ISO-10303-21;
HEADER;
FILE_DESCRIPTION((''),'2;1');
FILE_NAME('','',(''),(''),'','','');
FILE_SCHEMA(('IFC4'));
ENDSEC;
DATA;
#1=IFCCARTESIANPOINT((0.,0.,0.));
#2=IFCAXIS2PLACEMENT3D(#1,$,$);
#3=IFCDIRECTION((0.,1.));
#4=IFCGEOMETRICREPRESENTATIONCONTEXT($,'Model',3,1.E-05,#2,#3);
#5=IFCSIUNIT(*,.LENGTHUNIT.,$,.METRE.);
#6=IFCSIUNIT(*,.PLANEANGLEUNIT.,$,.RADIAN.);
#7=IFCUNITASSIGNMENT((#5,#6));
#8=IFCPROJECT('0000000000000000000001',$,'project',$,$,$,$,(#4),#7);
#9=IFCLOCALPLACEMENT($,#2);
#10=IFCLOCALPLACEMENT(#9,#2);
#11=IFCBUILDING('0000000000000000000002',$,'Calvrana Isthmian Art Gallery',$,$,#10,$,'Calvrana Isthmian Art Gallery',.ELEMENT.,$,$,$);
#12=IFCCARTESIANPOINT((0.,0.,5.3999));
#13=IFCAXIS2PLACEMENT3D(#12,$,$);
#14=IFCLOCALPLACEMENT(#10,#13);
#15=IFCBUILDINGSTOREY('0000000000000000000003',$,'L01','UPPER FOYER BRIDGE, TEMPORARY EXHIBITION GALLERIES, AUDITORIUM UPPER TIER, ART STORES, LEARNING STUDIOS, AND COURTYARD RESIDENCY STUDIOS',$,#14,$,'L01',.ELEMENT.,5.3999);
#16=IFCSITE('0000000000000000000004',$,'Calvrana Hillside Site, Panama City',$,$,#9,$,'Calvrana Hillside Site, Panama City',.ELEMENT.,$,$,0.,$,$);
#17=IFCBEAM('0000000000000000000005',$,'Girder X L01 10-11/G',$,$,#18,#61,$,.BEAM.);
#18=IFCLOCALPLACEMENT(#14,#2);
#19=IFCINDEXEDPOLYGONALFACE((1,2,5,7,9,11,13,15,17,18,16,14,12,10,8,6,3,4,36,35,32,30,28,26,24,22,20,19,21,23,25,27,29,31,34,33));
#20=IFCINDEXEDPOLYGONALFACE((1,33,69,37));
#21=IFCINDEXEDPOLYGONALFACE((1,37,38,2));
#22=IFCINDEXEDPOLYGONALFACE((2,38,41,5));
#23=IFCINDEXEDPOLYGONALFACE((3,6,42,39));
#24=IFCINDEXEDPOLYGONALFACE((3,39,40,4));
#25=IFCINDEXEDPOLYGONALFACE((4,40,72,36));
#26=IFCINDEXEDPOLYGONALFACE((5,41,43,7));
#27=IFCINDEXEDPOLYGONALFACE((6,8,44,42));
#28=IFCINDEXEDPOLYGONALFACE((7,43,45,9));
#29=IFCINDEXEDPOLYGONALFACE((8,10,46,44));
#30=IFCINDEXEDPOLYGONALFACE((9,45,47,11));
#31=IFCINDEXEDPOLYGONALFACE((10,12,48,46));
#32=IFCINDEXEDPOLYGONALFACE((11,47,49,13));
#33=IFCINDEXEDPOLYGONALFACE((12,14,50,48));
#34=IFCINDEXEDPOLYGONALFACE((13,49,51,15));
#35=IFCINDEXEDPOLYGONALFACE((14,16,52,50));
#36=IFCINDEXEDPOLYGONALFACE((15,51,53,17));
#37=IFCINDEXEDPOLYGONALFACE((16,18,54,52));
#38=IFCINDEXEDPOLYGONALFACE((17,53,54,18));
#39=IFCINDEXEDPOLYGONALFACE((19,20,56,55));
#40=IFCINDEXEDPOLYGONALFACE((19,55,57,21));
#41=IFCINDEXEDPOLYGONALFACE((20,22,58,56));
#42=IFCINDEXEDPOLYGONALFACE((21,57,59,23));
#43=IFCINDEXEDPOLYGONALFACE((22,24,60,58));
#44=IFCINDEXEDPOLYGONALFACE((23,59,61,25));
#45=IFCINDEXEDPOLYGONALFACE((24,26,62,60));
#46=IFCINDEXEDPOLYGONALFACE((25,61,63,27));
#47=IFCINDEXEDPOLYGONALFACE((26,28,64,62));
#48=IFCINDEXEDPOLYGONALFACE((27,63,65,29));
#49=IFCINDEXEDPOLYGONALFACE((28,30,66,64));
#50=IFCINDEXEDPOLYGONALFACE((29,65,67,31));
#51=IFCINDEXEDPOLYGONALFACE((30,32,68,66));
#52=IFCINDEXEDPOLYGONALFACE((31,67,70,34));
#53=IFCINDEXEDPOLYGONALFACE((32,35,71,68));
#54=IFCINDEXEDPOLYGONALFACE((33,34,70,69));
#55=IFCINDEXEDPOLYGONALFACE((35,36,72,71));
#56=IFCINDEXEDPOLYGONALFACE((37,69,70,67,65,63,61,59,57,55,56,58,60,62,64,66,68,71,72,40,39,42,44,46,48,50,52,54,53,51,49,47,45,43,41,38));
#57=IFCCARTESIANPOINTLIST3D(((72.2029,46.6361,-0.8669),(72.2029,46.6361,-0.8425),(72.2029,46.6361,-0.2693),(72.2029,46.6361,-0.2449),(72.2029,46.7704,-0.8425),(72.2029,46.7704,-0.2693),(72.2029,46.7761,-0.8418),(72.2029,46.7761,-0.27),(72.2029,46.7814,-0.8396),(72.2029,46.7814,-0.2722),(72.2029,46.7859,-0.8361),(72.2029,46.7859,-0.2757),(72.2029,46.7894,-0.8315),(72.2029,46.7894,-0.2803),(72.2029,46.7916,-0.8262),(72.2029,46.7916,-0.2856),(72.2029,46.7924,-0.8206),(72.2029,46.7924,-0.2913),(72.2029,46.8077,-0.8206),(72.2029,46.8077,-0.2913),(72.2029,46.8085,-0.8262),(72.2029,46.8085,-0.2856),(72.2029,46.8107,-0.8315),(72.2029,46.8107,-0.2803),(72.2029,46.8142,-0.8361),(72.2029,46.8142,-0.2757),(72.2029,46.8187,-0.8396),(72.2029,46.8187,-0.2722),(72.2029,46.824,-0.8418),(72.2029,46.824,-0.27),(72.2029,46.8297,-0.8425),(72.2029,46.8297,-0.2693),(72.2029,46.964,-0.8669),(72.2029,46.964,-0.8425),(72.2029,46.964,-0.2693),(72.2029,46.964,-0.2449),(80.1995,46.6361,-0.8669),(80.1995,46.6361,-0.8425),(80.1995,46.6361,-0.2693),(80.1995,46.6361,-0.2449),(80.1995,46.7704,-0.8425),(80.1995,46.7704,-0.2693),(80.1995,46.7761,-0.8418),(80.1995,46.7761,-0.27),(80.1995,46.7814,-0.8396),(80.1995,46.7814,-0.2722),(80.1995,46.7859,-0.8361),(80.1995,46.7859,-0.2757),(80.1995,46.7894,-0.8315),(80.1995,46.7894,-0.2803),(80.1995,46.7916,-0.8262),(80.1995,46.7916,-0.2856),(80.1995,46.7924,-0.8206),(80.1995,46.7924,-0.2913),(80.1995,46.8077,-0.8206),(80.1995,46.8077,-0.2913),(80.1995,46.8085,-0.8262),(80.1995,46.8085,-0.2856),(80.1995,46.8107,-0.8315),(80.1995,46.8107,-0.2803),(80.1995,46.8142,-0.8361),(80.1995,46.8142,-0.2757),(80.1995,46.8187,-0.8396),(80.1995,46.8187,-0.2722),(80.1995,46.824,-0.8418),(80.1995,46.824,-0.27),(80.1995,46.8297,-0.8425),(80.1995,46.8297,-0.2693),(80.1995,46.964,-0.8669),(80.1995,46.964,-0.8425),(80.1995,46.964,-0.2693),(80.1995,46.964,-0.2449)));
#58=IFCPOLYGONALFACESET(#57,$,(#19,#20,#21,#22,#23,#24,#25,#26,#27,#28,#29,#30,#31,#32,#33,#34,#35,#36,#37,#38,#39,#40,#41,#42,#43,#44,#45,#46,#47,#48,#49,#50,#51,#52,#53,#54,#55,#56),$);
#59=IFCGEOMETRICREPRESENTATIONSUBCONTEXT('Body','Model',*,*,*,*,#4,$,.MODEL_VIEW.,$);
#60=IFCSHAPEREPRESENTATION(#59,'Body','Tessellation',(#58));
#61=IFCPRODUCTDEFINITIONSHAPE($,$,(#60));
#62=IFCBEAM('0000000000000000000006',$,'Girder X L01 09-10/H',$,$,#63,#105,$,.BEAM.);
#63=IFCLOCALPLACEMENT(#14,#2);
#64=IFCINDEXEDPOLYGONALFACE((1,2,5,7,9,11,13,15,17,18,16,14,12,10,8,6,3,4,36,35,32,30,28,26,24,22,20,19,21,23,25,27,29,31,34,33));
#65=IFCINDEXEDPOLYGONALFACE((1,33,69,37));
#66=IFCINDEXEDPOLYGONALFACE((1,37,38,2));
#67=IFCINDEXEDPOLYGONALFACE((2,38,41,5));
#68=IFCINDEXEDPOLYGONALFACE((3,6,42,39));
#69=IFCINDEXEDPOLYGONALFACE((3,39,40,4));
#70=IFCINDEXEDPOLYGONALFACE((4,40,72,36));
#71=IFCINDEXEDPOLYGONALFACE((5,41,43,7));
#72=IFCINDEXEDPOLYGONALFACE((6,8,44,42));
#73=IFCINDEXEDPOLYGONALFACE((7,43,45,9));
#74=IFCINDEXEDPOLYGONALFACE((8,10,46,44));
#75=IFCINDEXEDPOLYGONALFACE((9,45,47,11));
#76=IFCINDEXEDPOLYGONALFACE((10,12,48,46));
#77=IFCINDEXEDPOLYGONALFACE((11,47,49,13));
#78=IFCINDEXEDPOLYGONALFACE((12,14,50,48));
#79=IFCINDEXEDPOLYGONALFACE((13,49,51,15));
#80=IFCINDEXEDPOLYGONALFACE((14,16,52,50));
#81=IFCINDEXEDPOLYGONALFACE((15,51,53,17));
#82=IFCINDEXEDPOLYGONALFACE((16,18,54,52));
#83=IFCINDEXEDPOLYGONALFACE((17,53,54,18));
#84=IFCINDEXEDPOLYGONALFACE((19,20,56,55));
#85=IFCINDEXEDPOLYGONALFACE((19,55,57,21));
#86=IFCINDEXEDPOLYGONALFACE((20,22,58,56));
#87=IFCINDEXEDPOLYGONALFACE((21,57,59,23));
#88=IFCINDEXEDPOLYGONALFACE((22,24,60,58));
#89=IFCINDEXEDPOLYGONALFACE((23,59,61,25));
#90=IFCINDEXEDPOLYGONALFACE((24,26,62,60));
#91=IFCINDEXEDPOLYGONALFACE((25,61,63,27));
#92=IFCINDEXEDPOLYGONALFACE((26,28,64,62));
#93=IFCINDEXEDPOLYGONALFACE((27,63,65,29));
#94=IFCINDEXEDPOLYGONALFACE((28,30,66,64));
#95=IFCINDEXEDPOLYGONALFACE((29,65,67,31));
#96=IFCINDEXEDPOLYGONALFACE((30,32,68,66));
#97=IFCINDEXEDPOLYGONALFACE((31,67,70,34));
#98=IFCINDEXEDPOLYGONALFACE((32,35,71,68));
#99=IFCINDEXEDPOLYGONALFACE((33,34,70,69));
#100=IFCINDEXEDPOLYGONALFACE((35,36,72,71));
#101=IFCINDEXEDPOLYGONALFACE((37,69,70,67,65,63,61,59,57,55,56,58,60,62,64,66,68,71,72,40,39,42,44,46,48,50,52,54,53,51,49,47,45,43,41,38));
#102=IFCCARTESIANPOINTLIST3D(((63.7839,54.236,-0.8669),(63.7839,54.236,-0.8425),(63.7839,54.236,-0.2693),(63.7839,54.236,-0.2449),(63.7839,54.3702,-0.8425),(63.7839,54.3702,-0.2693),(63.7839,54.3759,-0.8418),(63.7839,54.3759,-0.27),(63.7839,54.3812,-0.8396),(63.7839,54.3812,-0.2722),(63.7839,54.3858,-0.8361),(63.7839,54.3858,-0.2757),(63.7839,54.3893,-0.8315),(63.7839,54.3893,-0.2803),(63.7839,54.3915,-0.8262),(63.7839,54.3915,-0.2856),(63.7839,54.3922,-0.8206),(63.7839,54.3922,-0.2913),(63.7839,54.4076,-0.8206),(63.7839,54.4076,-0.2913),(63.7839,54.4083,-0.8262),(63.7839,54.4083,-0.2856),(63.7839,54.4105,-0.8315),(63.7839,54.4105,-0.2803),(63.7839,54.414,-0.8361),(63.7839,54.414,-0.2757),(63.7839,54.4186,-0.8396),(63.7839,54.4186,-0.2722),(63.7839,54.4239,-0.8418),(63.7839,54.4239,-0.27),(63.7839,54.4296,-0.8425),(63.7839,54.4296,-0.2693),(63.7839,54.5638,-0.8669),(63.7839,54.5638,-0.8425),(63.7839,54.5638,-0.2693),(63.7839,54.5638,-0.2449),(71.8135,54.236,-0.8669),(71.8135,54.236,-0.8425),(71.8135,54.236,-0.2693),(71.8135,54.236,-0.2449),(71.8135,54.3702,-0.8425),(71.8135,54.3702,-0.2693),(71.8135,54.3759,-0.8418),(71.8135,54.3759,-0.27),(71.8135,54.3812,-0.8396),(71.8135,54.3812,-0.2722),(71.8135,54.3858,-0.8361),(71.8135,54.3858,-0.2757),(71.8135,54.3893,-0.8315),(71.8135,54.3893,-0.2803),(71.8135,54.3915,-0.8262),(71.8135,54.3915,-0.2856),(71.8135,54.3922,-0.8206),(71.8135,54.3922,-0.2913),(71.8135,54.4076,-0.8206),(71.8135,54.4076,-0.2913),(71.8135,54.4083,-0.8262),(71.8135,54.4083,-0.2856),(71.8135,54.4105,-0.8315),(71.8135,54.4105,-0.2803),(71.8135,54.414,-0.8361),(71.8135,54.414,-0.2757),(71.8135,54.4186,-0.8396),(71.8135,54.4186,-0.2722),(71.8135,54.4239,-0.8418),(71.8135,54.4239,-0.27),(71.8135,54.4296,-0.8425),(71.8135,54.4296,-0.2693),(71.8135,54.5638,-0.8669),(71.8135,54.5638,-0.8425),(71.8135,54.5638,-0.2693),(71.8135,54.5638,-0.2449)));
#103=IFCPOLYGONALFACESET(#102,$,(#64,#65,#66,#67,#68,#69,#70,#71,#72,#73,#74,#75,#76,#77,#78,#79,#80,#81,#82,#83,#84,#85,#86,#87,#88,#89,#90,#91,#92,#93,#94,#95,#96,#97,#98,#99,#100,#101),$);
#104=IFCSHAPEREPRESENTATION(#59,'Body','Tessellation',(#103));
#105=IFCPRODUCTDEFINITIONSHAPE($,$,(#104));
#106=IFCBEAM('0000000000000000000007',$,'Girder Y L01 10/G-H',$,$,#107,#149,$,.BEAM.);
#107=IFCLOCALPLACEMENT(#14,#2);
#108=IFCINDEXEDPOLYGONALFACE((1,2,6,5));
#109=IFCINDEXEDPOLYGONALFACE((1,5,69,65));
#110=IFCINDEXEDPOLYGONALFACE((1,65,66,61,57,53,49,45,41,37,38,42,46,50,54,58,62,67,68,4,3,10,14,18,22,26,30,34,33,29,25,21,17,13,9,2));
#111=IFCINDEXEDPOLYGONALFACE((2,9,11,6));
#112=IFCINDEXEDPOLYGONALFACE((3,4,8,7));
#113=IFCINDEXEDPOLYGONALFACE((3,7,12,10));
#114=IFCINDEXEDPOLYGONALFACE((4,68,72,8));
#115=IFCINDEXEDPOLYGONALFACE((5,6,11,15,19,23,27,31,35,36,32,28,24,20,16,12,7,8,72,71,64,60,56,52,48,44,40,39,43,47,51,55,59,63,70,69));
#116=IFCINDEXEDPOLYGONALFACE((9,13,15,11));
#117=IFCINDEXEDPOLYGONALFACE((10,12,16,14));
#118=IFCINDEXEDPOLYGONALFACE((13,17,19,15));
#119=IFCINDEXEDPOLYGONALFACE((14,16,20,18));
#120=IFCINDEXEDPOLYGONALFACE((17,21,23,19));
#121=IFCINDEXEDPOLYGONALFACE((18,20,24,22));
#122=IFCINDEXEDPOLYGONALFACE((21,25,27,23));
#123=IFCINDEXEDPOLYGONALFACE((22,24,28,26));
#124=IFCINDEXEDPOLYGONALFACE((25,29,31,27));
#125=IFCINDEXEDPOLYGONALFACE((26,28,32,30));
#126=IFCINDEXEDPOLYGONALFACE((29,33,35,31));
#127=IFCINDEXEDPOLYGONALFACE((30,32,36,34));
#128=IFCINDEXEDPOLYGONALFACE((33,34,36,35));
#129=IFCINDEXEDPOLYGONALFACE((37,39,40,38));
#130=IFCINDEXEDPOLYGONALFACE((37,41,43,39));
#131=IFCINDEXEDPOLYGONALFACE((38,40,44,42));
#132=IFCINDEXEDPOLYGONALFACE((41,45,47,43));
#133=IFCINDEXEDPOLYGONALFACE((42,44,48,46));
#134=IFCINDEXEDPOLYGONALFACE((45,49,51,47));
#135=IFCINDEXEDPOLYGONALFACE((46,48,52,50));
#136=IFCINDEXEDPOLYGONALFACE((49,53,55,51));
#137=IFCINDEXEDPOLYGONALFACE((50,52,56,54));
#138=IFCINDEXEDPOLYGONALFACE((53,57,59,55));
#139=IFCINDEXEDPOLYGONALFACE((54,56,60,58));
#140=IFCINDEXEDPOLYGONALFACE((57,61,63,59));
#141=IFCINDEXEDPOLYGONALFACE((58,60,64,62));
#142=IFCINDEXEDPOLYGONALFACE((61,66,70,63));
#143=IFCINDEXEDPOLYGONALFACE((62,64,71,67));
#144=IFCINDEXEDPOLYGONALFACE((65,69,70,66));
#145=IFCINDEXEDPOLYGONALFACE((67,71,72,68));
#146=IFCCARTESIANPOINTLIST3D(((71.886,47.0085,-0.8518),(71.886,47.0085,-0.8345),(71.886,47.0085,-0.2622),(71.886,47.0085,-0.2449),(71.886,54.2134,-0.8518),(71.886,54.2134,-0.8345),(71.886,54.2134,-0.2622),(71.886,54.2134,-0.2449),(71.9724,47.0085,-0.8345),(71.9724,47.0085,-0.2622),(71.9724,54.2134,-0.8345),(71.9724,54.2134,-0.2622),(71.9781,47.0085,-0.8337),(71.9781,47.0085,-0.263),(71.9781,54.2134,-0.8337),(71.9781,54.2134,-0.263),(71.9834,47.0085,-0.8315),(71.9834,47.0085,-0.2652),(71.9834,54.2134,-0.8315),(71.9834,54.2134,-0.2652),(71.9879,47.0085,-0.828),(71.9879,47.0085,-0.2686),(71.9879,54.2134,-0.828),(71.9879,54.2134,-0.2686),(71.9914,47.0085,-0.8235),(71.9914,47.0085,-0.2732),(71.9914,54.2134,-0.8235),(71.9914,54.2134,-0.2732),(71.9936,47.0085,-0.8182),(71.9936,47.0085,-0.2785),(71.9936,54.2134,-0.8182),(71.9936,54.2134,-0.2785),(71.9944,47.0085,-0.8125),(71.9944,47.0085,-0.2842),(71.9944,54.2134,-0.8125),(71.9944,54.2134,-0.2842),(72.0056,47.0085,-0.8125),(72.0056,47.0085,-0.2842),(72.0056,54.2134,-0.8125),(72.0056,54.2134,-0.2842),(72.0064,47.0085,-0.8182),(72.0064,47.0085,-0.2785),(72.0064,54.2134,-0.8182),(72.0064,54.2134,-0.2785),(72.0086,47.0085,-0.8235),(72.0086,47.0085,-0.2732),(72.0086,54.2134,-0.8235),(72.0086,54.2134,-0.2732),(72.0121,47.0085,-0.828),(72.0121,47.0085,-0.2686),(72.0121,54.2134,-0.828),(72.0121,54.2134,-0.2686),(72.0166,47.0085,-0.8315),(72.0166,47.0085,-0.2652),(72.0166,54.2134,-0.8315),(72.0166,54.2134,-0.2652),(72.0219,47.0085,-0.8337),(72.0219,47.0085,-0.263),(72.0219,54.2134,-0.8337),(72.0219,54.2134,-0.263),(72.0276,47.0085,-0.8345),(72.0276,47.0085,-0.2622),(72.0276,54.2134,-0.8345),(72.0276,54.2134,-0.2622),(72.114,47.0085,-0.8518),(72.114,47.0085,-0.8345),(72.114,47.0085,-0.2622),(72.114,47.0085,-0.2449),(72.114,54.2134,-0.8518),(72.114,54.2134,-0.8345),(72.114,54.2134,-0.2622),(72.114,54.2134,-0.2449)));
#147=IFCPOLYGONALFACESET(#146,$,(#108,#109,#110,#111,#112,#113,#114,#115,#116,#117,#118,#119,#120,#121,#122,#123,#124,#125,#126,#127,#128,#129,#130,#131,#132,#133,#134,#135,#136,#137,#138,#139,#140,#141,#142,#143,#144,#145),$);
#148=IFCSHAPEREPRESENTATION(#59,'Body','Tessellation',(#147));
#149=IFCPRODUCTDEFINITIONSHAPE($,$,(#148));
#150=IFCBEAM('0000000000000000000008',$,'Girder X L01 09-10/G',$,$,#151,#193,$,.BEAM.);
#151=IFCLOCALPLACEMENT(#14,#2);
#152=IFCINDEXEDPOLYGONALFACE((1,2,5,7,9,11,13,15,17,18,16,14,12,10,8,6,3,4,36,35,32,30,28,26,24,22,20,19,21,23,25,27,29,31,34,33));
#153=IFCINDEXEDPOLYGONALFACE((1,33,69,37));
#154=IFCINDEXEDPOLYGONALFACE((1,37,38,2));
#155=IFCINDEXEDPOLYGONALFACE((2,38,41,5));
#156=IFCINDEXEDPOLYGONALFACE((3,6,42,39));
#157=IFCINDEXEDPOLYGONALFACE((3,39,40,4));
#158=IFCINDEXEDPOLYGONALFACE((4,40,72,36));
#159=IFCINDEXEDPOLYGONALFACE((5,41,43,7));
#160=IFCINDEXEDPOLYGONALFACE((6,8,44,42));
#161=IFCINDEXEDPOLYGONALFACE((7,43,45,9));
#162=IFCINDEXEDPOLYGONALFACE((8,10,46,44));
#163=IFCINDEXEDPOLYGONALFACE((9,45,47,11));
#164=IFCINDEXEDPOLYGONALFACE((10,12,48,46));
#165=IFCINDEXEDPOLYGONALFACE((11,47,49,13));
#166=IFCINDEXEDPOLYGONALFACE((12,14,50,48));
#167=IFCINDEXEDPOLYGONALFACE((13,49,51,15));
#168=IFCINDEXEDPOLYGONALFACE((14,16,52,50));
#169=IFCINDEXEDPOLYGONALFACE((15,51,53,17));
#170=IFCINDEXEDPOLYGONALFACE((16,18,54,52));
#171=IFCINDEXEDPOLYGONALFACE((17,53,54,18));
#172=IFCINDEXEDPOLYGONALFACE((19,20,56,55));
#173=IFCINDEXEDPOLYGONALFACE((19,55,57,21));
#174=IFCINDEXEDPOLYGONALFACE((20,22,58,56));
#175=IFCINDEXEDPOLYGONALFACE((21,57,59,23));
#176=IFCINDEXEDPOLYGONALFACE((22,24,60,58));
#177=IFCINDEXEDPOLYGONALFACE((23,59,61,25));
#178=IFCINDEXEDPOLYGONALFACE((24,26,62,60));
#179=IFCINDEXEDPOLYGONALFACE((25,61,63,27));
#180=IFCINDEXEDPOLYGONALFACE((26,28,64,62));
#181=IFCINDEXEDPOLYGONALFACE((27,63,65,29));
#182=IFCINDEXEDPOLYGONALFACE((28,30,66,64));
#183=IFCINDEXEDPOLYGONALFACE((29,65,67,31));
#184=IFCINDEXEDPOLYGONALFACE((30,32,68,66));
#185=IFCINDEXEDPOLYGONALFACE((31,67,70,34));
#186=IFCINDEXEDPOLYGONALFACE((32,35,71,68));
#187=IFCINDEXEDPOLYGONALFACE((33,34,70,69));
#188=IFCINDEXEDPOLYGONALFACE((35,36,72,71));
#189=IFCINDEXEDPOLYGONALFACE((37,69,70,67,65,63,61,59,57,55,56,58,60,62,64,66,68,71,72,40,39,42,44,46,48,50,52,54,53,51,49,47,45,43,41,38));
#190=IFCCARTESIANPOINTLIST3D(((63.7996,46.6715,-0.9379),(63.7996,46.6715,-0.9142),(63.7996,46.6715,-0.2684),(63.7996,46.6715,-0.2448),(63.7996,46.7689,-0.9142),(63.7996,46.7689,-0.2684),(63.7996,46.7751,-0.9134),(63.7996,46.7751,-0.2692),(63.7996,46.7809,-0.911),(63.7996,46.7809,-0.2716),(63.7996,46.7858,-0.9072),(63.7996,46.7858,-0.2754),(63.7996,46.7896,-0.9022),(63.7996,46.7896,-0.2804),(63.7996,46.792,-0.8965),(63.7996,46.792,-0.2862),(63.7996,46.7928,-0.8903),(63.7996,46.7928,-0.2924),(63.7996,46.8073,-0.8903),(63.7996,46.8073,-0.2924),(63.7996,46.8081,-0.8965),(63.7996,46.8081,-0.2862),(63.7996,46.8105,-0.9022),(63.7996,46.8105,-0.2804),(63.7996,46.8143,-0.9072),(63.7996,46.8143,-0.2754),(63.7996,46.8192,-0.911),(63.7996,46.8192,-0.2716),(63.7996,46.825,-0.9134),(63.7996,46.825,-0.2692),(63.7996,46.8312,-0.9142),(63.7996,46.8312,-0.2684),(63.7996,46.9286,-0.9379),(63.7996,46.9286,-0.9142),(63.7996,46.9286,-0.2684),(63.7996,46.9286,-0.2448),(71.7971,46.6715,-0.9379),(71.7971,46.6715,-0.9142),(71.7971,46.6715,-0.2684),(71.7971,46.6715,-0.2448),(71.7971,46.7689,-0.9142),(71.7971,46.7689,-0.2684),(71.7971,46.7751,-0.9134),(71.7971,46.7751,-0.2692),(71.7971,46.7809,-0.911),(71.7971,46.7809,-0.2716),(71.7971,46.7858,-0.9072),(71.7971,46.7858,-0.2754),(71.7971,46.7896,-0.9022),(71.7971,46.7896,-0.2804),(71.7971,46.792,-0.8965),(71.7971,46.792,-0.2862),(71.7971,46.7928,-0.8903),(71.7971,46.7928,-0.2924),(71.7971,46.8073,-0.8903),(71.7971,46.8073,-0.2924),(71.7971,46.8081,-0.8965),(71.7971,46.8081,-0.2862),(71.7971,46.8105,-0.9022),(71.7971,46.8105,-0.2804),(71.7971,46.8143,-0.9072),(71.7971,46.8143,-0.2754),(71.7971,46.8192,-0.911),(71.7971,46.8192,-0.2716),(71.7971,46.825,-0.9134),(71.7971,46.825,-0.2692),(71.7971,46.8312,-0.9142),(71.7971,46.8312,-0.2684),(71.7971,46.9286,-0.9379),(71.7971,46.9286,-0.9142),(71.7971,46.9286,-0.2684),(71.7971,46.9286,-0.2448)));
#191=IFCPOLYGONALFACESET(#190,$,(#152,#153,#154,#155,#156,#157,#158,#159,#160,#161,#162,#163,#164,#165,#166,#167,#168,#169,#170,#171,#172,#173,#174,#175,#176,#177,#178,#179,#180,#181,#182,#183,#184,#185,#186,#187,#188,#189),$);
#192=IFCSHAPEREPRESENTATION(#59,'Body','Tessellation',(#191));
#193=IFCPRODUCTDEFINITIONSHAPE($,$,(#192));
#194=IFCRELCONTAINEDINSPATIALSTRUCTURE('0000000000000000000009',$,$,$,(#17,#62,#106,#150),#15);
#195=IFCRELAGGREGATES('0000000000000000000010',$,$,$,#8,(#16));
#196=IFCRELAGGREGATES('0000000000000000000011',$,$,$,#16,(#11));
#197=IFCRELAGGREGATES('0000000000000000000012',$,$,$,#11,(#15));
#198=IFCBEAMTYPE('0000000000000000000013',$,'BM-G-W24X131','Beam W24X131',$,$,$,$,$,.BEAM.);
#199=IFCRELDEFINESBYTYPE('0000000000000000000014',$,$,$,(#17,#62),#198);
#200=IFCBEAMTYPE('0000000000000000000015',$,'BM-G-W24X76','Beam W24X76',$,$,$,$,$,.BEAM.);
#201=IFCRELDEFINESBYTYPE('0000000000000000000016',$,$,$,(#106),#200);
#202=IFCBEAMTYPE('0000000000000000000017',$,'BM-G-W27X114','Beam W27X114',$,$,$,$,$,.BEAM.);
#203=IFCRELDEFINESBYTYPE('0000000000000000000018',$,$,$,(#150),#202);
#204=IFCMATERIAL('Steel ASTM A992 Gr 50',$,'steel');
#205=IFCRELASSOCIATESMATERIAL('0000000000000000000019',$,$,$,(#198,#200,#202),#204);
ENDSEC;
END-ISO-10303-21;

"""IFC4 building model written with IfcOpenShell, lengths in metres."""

from ifc_helpers import new_model, si_unit, direction, frame, origin, origin_2d, place, context, subcontext, project, spatial, i_section, extrude, material, material_profile, profile_set, type_object, element, save


model = new_model("IFC4")

# Units and contexts
model_context = context("Model", 3, precision=1e-05, world=origin(), true_north=direction((0.0, 1.0)))
body_context = subcontext(model_context, "Body", "Model", "MODEL_VIEW")
ifc_project = project(units=[si_unit("LENGTHUNIT", "METRE"), si_unit("PLANEANGLEUNIT", "RADIAN")], contexts=[model_context])

# Site, building, storey
site_placement = place(None, origin())
site = spatial("IfcSite", under=ifc_project, at=site_placement, Name="Calvrana Hillside Site, Panama City", LongName="Calvrana Hillside Site, Panama City", CompositionType="ELEMENT", RefElevation=0.0)
building_placement = place(site_placement, origin())
building = spatial("IfcBuilding", under=site, at=building_placement, Name="Calvrana Isthmian Art Gallery", LongName="Calvrana Isthmian Art Gallery", CompositionType="ELEMENT")
storey_placement = place(building_placement, frame((0.0, 0.0, 5.3999)))
storey = spatial("IfcBuildingStorey", under=building, at=storey_placement, Name="L01", Description="UPPER FOYER BRIDGE, TEMPORARY EXHIBITION GALLERIES, AUDITORIUM UPPER TIER, ART STORES, LEARNING STUDIOS, AND COURTYARD RESIDENCY STUDIOS", LongName="L01", CompositionType="ELEMENT", Elevation=5.3999)

# Shared definitions
ifc_material_1 = material(Name="Steel ASTM A992 Gr 50", Category="steel")

# Beams
ifc_material_profile_1 = material_profile(ifc_material_1, i_section(OverallWidth=0.3279, OverallDepth=0.6221, WebThickness=0.0154, FlangeThickness=0.0244, FilletRadius=0.022, at=origin_2d()), Name="W24X131")
ifc_profile_set_1 = profile_set([ifc_material_profile_1], Name="Steel ASTM A992 Gr 50")
beam_type_1 = type_object("IfcBeamType", Name="BM-G-W24X131", Description="Beam W24X131", PredefinedType="BEAM", material=ifc_profile_set_1)
beam_1_placement = place(storey_placement, frame((72.2029, 46.8, -0.5559), z_axis=(1.0, 0.0, 0.0), x_axis=(0.0, 1.0, 0.0)))
element("IfcBeam", 1, at=beam_1_placement, inside=storey, type_object=beam_type_1, Name="Girder X L01 10-11/G", PredefinedType="BEAM", context=body_context, shape_type="SweptSolid", body=[
    extrude(i_section(OverallWidth=0.3279, OverallDepth=0.6221, WebThickness=0.0154, FlangeThickness=0.0244, FilletRadius=0.022, at=origin_2d()), origin(), (0.0, 0.0, 1.0), 7.9966),
])
beam_2_placement = place(storey_placement, frame((63.7839, 54.3999, -0.5559), z_axis=(1.0, 0.0, 0.0), x_axis=(0.0, 1.0, 0.0)))
element("IfcBeam", 2, at=beam_2_placement, inside=storey, type_object=beam_type_1, Name="Girder X L01 09-10/H", PredefinedType="BEAM", context=body_context, shape_type="SweptSolid", body=[
    extrude(i_section(OverallWidth=0.3279, OverallDepth=0.6221, WebThickness=0.0154, FlangeThickness=0.0244, FilletRadius=0.022, at=origin_2d()), origin(), (0.0, 0.0, 1.0), 8.0295),
])
ifc_material_profile_2 = material_profile(ifc_material_1, i_section(OverallWidth=0.228, OverallDepth=0.6069, WebThickness=0.0112, FlangeThickness=0.0173, FilletRadius=0.022, at=origin_2d()), Name="W24X76")
ifc_profile_set_2 = profile_set([ifc_material_profile_2], Name="Steel ASTM A992 Gr 50")
beam_type_2 = type_object("IfcBeamType", Name="BM-G-W24X76", Description="Beam W24X76", PredefinedType="BEAM", material=ifc_profile_set_2)
beam_3_placement = place(storey_placement, frame((72.0, 47.0085, -0.5483), z_axis=(0.0, 1.0, 0.0), x_axis=(-1.0, 0.0, 0.0)))
element("IfcBeam", 3, at=beam_3_placement, inside=storey, type_object=beam_type_2, Name="Girder Y L01 10/G-H", PredefinedType="BEAM", context=body_context, shape_type="SweptSolid", body=[
    extrude(i_section(OverallWidth=0.228, OverallDepth=0.6069, WebThickness=0.0112, FlangeThickness=0.0173, FilletRadius=0.022, at=origin_2d()), origin(), (0.0, 0.0, 1.0), 7.2048),
])
ifc_material_profile_3 = material_profile(ifc_material_1, i_section(OverallWidth=0.2571, OverallDepth=0.6931, WebThickness=0.0144, FlangeThickness=0.0237, FilletRadius=0.0239, at=origin_2d()), Name="W27X114")
ifc_profile_set_3 = profile_set([ifc_material_profile_3], Name="Steel ASTM A992 Gr 50")
beam_type_3 = type_object("IfcBeamType", Name="BM-G-W27X114", Description="Beam W27X114", PredefinedType="BEAM", material=ifc_profile_set_3)
beam_4_placement = place(storey_placement, frame((63.7996, 46.8, -0.5913), z_axis=(1.0, 0.0, 0.0), x_axis=(0.0, 1.0, 0.0)))
element("IfcBeam", 4, at=beam_4_placement, inside=storey, type_object=beam_type_3, Name="Girder X L01 09-10/G", PredefinedType="BEAM", context=body_context, shape_type="SweptSolid", body=[
    extrude(i_section(OverallWidth=0.2571, OverallDepth=0.6931, WebThickness=0.0144, FlangeThickness=0.0237, FilletRadius=0.0239, at=origin_2d()), origin(), (0.0, 0.0, 1.0), 7.9976),
])

save(model, "model.ifc")
